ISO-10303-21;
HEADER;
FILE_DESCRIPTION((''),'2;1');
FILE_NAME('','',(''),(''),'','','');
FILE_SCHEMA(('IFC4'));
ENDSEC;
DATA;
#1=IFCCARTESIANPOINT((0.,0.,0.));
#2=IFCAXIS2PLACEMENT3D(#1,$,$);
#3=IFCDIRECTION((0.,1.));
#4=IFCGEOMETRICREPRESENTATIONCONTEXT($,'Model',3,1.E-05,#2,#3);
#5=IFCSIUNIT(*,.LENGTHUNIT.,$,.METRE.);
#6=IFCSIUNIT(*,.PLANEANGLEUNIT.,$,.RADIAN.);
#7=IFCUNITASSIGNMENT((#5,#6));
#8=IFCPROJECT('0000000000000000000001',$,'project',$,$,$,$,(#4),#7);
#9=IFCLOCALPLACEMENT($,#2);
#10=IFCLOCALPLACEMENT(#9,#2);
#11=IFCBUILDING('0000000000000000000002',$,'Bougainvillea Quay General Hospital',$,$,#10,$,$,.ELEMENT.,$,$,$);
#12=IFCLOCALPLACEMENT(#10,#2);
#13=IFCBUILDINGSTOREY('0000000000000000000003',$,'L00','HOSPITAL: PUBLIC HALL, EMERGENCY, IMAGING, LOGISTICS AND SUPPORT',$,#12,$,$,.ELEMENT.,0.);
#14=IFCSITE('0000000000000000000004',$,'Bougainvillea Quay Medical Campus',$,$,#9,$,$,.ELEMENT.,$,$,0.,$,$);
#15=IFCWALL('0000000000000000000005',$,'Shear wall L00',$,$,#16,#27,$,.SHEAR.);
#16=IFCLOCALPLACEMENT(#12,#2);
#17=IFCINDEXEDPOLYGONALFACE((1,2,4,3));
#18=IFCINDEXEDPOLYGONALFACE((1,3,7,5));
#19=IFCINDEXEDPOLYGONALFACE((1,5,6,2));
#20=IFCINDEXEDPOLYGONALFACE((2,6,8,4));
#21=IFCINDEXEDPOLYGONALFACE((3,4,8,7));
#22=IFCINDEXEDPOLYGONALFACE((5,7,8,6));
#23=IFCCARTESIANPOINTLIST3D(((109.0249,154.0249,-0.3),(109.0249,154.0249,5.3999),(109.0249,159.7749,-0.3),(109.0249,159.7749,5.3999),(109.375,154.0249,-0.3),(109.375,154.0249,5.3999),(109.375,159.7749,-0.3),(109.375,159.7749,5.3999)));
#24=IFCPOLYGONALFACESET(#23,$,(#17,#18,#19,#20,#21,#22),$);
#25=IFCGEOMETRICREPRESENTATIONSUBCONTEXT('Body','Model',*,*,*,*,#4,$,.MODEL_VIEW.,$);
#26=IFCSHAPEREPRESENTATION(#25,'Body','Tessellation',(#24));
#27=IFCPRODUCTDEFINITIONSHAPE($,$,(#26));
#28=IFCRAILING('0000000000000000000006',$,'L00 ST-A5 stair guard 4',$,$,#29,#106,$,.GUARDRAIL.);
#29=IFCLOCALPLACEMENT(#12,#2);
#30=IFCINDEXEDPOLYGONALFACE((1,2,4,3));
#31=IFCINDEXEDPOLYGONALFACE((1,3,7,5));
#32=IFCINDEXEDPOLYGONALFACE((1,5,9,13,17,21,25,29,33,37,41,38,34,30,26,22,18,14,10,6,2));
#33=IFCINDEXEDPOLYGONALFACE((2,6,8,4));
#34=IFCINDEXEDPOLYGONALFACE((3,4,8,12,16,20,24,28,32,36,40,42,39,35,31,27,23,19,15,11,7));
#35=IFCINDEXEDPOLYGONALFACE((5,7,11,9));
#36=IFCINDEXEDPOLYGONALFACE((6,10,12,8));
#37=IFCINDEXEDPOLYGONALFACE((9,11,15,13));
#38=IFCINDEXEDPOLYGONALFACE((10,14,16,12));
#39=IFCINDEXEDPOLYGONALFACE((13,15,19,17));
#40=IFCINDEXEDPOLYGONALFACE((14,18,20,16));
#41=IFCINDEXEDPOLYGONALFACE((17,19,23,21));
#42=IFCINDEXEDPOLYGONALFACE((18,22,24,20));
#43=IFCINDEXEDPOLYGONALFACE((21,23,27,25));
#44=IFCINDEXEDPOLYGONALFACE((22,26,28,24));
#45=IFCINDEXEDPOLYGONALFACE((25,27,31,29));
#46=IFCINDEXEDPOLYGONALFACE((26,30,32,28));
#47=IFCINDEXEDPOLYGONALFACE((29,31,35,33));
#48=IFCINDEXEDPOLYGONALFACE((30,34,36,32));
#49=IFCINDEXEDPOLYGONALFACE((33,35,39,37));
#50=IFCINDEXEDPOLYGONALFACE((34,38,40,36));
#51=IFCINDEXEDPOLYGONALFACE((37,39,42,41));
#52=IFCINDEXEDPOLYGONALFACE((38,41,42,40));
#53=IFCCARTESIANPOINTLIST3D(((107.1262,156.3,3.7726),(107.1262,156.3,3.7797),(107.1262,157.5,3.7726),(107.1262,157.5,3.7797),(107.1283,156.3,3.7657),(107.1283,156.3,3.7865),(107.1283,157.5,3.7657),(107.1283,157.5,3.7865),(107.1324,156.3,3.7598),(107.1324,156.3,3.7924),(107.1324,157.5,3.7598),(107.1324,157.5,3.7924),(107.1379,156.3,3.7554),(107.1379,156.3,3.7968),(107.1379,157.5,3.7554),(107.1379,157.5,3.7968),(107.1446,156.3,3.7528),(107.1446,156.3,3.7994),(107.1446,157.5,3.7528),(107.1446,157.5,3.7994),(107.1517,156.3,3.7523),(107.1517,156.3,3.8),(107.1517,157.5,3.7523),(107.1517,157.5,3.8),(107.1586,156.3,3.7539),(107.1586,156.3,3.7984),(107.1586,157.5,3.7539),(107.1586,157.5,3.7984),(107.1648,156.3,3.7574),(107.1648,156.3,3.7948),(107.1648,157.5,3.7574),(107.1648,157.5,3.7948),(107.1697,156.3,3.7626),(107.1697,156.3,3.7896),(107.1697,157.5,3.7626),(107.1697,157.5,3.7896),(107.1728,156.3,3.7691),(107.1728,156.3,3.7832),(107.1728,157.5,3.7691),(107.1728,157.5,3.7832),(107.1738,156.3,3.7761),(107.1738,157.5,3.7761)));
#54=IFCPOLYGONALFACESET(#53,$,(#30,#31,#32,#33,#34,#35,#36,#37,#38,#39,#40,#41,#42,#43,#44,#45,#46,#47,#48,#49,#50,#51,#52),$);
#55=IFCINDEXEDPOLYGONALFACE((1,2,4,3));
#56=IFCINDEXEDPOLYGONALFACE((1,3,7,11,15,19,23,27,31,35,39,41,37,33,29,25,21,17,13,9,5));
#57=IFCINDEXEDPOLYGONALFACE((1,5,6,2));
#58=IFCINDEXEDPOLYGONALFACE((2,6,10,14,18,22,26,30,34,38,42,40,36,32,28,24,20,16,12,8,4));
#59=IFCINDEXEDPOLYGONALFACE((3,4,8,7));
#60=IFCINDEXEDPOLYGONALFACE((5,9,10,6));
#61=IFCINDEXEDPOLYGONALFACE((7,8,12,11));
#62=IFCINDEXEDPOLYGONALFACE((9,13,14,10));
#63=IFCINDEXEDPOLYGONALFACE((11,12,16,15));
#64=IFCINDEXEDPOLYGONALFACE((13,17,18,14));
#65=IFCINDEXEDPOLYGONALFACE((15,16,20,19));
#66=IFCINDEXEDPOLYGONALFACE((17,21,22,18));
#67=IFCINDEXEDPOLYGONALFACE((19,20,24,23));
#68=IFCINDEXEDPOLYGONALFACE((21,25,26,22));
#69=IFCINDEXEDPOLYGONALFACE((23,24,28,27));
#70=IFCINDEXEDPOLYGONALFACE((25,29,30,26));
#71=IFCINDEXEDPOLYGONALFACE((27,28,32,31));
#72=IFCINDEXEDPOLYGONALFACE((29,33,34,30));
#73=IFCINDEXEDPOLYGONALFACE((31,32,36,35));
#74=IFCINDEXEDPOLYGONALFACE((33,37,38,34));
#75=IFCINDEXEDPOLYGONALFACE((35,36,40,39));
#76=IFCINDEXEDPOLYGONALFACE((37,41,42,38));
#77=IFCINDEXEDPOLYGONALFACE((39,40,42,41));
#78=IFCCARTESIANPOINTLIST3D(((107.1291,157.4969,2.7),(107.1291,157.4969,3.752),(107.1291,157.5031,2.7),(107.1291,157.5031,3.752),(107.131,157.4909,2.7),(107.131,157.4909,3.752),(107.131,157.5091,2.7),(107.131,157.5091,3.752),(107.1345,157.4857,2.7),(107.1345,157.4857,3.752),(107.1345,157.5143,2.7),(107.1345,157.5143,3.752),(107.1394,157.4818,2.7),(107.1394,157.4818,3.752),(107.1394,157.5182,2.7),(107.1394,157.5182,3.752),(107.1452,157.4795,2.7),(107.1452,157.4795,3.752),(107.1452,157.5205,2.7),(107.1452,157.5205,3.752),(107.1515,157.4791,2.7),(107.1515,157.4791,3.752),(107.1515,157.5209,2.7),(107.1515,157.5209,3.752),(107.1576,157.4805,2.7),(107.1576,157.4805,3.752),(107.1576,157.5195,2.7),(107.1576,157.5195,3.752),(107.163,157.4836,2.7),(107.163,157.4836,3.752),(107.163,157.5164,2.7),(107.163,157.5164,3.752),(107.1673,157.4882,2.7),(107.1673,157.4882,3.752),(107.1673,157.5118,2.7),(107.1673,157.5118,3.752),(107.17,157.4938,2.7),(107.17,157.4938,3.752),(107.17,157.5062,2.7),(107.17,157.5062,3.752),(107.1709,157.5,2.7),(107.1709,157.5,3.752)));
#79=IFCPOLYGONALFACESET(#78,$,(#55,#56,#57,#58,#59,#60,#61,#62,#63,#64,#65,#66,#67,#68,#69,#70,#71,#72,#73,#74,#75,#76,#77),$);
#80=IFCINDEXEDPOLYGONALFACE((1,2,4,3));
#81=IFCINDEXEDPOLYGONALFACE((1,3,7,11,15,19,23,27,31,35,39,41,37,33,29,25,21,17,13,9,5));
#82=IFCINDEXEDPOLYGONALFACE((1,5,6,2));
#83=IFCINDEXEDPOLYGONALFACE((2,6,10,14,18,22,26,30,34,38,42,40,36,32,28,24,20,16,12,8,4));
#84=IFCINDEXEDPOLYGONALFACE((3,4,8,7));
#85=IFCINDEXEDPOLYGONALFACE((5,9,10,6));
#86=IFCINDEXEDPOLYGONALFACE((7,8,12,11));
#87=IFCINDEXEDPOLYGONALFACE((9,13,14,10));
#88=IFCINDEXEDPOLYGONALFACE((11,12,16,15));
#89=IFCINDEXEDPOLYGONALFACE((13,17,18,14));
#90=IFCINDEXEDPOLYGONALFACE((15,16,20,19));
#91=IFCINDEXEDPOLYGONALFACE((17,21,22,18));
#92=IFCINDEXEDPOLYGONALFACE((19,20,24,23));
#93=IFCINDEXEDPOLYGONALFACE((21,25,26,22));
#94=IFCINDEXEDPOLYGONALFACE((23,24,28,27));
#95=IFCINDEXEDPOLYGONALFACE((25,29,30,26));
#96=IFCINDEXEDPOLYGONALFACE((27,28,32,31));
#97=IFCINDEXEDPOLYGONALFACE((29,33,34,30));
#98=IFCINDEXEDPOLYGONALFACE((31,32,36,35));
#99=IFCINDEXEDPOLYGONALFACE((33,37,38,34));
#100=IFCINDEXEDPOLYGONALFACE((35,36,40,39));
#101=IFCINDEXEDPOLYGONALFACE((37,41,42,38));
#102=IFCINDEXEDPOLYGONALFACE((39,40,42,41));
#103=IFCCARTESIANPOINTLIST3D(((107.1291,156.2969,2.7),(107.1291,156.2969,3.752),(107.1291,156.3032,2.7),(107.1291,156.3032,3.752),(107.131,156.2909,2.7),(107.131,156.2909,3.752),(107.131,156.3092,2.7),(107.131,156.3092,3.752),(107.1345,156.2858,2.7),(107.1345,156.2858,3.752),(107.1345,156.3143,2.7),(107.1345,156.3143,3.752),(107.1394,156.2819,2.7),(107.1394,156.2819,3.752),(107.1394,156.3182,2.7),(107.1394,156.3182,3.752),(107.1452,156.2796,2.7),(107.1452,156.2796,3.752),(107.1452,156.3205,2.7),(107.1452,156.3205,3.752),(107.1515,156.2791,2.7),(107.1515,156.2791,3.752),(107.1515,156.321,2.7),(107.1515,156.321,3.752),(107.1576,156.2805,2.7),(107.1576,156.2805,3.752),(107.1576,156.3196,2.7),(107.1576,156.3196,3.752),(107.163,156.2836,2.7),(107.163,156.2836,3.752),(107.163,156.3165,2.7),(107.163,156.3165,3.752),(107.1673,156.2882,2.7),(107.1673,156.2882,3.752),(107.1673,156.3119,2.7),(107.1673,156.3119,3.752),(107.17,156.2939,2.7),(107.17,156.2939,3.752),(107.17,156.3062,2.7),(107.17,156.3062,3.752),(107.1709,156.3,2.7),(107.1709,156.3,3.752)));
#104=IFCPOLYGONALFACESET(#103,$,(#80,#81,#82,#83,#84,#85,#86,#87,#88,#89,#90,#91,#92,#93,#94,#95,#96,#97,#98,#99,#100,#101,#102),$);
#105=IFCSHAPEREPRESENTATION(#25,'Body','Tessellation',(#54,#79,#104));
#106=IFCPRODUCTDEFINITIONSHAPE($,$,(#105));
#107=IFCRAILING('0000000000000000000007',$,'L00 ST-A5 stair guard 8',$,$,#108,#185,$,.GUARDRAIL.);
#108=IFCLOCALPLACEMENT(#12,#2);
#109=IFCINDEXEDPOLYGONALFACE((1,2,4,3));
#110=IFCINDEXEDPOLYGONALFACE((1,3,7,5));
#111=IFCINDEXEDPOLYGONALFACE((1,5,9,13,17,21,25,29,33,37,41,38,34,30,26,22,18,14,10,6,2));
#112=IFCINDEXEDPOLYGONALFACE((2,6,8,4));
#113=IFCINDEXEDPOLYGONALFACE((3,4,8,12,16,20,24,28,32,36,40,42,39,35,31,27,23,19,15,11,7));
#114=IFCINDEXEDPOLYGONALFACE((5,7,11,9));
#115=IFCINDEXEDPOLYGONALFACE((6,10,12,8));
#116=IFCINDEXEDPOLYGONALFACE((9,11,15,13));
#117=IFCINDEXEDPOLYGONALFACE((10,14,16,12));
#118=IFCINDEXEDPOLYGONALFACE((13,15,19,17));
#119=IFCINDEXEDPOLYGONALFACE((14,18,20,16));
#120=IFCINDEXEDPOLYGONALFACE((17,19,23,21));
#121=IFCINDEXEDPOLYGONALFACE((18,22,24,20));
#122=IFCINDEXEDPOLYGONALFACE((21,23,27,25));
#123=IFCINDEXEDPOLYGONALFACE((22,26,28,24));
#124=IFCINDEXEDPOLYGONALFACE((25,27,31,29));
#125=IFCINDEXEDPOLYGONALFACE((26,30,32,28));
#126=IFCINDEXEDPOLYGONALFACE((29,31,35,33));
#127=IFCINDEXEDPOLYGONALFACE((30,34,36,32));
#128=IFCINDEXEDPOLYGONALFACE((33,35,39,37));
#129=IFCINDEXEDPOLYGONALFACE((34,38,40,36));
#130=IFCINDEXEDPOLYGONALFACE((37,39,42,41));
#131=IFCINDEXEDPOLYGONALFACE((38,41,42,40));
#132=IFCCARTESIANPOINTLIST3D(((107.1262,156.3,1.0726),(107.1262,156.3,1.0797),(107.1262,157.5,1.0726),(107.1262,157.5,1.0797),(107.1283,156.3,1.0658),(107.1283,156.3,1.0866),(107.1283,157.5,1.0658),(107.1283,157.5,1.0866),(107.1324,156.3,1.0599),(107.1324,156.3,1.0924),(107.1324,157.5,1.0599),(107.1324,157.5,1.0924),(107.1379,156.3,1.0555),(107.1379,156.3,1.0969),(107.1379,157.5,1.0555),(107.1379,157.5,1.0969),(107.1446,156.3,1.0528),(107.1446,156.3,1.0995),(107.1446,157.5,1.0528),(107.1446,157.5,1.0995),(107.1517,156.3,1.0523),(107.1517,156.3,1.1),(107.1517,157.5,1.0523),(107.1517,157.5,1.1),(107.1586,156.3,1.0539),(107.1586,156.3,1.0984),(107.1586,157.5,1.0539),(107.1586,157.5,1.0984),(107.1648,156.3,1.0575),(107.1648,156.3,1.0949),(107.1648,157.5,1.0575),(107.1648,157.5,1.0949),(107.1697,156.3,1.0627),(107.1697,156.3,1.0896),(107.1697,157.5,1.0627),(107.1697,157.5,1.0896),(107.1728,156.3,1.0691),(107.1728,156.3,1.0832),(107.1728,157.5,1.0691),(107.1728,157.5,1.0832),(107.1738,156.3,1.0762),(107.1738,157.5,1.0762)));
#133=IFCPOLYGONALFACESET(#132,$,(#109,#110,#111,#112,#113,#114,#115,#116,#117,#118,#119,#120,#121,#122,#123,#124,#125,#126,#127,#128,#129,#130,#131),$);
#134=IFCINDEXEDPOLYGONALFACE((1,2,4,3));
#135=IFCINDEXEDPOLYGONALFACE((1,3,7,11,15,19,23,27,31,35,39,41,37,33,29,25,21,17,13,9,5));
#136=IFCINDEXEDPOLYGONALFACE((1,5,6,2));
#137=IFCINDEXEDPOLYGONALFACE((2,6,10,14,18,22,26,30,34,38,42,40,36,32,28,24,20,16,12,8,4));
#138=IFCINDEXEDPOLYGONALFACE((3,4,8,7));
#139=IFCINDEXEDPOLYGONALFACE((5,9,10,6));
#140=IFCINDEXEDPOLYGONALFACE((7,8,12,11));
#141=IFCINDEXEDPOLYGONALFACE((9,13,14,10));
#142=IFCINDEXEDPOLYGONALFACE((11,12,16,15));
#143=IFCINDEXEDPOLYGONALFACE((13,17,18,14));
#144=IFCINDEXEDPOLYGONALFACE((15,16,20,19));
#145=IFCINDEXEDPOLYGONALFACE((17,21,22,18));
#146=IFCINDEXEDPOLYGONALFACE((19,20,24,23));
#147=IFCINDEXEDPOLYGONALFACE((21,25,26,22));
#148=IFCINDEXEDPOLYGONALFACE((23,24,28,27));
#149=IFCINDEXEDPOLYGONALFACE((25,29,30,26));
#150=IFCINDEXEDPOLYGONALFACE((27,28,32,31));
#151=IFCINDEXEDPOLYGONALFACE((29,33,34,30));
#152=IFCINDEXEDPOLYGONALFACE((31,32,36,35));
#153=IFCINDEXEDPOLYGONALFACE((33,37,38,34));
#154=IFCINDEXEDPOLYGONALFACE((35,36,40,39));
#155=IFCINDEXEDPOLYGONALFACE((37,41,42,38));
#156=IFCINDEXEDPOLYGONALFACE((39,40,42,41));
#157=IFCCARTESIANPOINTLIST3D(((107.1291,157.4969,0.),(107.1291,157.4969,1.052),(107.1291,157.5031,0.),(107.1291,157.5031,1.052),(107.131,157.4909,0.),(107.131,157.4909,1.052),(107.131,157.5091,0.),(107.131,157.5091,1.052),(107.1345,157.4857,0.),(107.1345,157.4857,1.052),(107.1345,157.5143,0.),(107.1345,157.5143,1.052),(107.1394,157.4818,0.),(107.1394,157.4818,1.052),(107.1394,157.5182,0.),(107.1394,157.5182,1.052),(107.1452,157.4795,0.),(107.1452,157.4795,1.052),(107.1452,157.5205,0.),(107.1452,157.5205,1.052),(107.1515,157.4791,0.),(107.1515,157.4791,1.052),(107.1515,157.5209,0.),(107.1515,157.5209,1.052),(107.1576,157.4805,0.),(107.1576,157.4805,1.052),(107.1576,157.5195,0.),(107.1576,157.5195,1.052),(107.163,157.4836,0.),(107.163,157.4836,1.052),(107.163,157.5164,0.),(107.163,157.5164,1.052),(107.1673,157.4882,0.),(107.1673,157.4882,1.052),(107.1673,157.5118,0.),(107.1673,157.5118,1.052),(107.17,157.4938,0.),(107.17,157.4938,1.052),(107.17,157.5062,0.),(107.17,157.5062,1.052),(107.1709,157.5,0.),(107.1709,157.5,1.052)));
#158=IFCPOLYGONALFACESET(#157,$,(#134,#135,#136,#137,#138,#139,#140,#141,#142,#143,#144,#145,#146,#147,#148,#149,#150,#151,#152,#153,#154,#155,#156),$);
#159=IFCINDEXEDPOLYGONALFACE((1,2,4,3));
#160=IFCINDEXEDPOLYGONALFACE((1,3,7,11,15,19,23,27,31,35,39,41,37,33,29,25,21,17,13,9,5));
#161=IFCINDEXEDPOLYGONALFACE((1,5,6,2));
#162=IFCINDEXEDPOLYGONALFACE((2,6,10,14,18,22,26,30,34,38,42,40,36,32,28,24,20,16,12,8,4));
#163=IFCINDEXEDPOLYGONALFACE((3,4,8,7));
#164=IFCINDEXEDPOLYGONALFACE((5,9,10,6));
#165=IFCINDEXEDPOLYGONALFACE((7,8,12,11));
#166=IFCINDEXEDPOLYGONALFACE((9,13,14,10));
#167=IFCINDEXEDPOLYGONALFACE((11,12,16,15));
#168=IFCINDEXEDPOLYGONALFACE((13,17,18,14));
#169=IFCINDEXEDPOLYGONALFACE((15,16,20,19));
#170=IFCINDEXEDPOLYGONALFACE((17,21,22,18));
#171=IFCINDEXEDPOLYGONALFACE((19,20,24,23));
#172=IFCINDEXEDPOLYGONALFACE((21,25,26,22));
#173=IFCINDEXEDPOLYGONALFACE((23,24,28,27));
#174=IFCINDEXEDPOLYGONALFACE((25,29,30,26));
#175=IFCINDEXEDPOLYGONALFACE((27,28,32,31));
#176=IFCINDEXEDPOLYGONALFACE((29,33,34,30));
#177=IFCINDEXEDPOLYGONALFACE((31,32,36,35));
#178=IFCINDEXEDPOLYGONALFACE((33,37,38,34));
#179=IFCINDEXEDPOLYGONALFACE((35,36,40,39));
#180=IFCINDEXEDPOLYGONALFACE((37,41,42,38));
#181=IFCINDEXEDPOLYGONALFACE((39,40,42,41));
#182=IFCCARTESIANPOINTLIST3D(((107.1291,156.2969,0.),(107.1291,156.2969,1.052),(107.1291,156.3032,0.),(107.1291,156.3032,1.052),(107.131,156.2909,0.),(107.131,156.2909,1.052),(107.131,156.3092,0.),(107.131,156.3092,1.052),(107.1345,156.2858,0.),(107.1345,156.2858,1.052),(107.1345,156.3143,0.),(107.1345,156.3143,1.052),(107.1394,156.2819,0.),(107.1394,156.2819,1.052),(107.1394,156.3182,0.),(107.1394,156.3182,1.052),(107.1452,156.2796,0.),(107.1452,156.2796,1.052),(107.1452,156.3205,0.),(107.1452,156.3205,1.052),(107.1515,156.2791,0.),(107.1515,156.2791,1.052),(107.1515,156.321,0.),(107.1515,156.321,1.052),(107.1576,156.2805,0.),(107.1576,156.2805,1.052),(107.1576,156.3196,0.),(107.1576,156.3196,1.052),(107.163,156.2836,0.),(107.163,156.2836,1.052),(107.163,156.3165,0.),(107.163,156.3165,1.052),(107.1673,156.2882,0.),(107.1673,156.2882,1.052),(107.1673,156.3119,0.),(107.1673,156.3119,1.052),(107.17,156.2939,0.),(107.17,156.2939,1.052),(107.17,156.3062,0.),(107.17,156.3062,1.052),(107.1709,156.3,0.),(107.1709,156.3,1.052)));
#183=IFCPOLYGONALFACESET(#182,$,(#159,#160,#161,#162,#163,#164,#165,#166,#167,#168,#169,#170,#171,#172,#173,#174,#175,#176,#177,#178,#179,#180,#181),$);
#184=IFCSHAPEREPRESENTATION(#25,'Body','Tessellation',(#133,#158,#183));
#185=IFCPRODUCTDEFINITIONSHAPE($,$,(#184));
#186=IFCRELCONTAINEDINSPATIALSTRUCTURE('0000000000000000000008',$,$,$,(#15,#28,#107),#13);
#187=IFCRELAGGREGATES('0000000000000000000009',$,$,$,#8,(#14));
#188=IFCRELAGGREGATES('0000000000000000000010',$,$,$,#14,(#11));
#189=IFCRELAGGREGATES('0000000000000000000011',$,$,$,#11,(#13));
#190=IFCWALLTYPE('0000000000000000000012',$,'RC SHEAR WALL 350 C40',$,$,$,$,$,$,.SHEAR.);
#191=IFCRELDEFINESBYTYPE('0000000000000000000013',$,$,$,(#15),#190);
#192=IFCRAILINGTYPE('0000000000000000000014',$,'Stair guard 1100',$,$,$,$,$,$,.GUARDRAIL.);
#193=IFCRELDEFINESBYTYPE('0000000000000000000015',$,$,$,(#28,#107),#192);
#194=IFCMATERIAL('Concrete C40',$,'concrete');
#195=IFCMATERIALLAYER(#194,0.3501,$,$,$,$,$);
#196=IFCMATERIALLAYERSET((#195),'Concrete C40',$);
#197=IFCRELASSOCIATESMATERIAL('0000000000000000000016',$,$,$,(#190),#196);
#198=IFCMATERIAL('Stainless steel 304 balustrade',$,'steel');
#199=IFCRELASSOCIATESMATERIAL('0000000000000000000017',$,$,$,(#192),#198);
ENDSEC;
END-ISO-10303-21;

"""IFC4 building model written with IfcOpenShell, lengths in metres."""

from ifc_helpers import new_model, si_unit, direction, frame, frame_2d, origin, origin_2d, place, context, subcontext, project, spatial, rectangle, circle, extrude, material, layer, layer_set, type_object, element, save


model = new_model("IFC4")

# Units and contexts
model_context = context("Model", 3, precision=1e-05, world=origin(), true_north=direction((0.0, 1.0)))
body_context = subcontext(model_context, "Body", "Model", "MODEL_VIEW")
ifc_project = project(units=[si_unit("LENGTHUNIT", "METRE"), si_unit("PLANEANGLEUNIT", "RADIAN")], contexts=[model_context])

# Site, building, storey
site_placement = place(None, origin())
site = spatial("IfcSite", under=ifc_project, at=site_placement, Name="Bougainvillea Quay Medical Campus", CompositionType="ELEMENT", RefElevation=0.0)
building_placement = place(site_placement, origin())
building = spatial("IfcBuilding", under=site, at=building_placement, Name="Bougainvillea Quay General Hospital", CompositionType="ELEMENT")
storey_placement = place(building_placement, origin())
storey = spatial("IfcBuildingStorey", under=building, at=storey_placement, Name="L00", Description="HOSPITAL: PUBLIC HALL, EMERGENCY, IMAGING, LOGISTICS AND SUPPORT", CompositionType="ELEMENT", Elevation=0.0)

# Shared definitions
ifc_material_1 = material(Name="Concrete C40", Category="concrete")

# Wall
ifc_layer_1 = layer(ifc_material_1, 0.3501)
ifc_layer_set_1 = layer_set([ifc_layer_1], Name="Concrete C40")
wall_type_1 = type_object("IfcWallType", Name="RC SHEAR WALL 350 C40", PredefinedType="SHEAR", material=ifc_layer_set_1)
wall_1_placement = place(storey_placement, frame((109.2, 154.0249, -0.3), z_axis=(0.0, 0.0, 1.0), x_axis=(0.0, 1.0, 0.0)))
element("IfcWall", 1, at=wall_1_placement, inside=storey, type_object=wall_type_1, Name="Shear wall L00", PredefinedType="SHEAR", context=body_context, shape_type="SweptSolid", body=[
    extrude(rectangle(XDim=5.75, YDim=0.3501, at=frame_2d((2.875, 0.0))), origin(), (0.0, 0.0, 1.0), 5.7),
])

# Railings
ifc_material_2 = material(Name="Stainless steel 304 balustrade", Category="steel")
railing_type_1 = type_object("IfcRailingType", Name="Stair guard 1100", PredefinedType="GUARDRAIL", material=ifc_material_2)
for number, where, name in (
    (2, (107.1499, 157.5, 2.7), "L00 ST-A5 stair guard 4"),
    (3, (107.1499, 157.5, 0.0), "L00 ST-A5 stair guard 8"),
):
    element("IfcRailing", number, at=place(storey_placement, frame(where)), inside=storey, type_object=railing_type_1, Name=name, PredefinedType="GUARDRAIL", context=body_context, shape_type="SweptSolid", body=[
        extrude(circle(Radius=0.0239, at=origin_2d()), frame((0.0, 0.0, 1.0762), z_axis=(0.0, -1.0, 0.0), x_axis=(1.0, 0.0, 0.0)), (0.0, 0.0, 1.0), 1.2),
        extrude(circle(Radius=0.021, at=origin_2d()), origin(), (0.0, 0.0, 1.0), 1.052),
        extrude(circle(Radius=0.021, at=origin_2d()), frame((0.0, -1.2, 0.0)), (0.0, 0.0, 1.0), 1.052),
    ])

save(model, "model.ifc")
